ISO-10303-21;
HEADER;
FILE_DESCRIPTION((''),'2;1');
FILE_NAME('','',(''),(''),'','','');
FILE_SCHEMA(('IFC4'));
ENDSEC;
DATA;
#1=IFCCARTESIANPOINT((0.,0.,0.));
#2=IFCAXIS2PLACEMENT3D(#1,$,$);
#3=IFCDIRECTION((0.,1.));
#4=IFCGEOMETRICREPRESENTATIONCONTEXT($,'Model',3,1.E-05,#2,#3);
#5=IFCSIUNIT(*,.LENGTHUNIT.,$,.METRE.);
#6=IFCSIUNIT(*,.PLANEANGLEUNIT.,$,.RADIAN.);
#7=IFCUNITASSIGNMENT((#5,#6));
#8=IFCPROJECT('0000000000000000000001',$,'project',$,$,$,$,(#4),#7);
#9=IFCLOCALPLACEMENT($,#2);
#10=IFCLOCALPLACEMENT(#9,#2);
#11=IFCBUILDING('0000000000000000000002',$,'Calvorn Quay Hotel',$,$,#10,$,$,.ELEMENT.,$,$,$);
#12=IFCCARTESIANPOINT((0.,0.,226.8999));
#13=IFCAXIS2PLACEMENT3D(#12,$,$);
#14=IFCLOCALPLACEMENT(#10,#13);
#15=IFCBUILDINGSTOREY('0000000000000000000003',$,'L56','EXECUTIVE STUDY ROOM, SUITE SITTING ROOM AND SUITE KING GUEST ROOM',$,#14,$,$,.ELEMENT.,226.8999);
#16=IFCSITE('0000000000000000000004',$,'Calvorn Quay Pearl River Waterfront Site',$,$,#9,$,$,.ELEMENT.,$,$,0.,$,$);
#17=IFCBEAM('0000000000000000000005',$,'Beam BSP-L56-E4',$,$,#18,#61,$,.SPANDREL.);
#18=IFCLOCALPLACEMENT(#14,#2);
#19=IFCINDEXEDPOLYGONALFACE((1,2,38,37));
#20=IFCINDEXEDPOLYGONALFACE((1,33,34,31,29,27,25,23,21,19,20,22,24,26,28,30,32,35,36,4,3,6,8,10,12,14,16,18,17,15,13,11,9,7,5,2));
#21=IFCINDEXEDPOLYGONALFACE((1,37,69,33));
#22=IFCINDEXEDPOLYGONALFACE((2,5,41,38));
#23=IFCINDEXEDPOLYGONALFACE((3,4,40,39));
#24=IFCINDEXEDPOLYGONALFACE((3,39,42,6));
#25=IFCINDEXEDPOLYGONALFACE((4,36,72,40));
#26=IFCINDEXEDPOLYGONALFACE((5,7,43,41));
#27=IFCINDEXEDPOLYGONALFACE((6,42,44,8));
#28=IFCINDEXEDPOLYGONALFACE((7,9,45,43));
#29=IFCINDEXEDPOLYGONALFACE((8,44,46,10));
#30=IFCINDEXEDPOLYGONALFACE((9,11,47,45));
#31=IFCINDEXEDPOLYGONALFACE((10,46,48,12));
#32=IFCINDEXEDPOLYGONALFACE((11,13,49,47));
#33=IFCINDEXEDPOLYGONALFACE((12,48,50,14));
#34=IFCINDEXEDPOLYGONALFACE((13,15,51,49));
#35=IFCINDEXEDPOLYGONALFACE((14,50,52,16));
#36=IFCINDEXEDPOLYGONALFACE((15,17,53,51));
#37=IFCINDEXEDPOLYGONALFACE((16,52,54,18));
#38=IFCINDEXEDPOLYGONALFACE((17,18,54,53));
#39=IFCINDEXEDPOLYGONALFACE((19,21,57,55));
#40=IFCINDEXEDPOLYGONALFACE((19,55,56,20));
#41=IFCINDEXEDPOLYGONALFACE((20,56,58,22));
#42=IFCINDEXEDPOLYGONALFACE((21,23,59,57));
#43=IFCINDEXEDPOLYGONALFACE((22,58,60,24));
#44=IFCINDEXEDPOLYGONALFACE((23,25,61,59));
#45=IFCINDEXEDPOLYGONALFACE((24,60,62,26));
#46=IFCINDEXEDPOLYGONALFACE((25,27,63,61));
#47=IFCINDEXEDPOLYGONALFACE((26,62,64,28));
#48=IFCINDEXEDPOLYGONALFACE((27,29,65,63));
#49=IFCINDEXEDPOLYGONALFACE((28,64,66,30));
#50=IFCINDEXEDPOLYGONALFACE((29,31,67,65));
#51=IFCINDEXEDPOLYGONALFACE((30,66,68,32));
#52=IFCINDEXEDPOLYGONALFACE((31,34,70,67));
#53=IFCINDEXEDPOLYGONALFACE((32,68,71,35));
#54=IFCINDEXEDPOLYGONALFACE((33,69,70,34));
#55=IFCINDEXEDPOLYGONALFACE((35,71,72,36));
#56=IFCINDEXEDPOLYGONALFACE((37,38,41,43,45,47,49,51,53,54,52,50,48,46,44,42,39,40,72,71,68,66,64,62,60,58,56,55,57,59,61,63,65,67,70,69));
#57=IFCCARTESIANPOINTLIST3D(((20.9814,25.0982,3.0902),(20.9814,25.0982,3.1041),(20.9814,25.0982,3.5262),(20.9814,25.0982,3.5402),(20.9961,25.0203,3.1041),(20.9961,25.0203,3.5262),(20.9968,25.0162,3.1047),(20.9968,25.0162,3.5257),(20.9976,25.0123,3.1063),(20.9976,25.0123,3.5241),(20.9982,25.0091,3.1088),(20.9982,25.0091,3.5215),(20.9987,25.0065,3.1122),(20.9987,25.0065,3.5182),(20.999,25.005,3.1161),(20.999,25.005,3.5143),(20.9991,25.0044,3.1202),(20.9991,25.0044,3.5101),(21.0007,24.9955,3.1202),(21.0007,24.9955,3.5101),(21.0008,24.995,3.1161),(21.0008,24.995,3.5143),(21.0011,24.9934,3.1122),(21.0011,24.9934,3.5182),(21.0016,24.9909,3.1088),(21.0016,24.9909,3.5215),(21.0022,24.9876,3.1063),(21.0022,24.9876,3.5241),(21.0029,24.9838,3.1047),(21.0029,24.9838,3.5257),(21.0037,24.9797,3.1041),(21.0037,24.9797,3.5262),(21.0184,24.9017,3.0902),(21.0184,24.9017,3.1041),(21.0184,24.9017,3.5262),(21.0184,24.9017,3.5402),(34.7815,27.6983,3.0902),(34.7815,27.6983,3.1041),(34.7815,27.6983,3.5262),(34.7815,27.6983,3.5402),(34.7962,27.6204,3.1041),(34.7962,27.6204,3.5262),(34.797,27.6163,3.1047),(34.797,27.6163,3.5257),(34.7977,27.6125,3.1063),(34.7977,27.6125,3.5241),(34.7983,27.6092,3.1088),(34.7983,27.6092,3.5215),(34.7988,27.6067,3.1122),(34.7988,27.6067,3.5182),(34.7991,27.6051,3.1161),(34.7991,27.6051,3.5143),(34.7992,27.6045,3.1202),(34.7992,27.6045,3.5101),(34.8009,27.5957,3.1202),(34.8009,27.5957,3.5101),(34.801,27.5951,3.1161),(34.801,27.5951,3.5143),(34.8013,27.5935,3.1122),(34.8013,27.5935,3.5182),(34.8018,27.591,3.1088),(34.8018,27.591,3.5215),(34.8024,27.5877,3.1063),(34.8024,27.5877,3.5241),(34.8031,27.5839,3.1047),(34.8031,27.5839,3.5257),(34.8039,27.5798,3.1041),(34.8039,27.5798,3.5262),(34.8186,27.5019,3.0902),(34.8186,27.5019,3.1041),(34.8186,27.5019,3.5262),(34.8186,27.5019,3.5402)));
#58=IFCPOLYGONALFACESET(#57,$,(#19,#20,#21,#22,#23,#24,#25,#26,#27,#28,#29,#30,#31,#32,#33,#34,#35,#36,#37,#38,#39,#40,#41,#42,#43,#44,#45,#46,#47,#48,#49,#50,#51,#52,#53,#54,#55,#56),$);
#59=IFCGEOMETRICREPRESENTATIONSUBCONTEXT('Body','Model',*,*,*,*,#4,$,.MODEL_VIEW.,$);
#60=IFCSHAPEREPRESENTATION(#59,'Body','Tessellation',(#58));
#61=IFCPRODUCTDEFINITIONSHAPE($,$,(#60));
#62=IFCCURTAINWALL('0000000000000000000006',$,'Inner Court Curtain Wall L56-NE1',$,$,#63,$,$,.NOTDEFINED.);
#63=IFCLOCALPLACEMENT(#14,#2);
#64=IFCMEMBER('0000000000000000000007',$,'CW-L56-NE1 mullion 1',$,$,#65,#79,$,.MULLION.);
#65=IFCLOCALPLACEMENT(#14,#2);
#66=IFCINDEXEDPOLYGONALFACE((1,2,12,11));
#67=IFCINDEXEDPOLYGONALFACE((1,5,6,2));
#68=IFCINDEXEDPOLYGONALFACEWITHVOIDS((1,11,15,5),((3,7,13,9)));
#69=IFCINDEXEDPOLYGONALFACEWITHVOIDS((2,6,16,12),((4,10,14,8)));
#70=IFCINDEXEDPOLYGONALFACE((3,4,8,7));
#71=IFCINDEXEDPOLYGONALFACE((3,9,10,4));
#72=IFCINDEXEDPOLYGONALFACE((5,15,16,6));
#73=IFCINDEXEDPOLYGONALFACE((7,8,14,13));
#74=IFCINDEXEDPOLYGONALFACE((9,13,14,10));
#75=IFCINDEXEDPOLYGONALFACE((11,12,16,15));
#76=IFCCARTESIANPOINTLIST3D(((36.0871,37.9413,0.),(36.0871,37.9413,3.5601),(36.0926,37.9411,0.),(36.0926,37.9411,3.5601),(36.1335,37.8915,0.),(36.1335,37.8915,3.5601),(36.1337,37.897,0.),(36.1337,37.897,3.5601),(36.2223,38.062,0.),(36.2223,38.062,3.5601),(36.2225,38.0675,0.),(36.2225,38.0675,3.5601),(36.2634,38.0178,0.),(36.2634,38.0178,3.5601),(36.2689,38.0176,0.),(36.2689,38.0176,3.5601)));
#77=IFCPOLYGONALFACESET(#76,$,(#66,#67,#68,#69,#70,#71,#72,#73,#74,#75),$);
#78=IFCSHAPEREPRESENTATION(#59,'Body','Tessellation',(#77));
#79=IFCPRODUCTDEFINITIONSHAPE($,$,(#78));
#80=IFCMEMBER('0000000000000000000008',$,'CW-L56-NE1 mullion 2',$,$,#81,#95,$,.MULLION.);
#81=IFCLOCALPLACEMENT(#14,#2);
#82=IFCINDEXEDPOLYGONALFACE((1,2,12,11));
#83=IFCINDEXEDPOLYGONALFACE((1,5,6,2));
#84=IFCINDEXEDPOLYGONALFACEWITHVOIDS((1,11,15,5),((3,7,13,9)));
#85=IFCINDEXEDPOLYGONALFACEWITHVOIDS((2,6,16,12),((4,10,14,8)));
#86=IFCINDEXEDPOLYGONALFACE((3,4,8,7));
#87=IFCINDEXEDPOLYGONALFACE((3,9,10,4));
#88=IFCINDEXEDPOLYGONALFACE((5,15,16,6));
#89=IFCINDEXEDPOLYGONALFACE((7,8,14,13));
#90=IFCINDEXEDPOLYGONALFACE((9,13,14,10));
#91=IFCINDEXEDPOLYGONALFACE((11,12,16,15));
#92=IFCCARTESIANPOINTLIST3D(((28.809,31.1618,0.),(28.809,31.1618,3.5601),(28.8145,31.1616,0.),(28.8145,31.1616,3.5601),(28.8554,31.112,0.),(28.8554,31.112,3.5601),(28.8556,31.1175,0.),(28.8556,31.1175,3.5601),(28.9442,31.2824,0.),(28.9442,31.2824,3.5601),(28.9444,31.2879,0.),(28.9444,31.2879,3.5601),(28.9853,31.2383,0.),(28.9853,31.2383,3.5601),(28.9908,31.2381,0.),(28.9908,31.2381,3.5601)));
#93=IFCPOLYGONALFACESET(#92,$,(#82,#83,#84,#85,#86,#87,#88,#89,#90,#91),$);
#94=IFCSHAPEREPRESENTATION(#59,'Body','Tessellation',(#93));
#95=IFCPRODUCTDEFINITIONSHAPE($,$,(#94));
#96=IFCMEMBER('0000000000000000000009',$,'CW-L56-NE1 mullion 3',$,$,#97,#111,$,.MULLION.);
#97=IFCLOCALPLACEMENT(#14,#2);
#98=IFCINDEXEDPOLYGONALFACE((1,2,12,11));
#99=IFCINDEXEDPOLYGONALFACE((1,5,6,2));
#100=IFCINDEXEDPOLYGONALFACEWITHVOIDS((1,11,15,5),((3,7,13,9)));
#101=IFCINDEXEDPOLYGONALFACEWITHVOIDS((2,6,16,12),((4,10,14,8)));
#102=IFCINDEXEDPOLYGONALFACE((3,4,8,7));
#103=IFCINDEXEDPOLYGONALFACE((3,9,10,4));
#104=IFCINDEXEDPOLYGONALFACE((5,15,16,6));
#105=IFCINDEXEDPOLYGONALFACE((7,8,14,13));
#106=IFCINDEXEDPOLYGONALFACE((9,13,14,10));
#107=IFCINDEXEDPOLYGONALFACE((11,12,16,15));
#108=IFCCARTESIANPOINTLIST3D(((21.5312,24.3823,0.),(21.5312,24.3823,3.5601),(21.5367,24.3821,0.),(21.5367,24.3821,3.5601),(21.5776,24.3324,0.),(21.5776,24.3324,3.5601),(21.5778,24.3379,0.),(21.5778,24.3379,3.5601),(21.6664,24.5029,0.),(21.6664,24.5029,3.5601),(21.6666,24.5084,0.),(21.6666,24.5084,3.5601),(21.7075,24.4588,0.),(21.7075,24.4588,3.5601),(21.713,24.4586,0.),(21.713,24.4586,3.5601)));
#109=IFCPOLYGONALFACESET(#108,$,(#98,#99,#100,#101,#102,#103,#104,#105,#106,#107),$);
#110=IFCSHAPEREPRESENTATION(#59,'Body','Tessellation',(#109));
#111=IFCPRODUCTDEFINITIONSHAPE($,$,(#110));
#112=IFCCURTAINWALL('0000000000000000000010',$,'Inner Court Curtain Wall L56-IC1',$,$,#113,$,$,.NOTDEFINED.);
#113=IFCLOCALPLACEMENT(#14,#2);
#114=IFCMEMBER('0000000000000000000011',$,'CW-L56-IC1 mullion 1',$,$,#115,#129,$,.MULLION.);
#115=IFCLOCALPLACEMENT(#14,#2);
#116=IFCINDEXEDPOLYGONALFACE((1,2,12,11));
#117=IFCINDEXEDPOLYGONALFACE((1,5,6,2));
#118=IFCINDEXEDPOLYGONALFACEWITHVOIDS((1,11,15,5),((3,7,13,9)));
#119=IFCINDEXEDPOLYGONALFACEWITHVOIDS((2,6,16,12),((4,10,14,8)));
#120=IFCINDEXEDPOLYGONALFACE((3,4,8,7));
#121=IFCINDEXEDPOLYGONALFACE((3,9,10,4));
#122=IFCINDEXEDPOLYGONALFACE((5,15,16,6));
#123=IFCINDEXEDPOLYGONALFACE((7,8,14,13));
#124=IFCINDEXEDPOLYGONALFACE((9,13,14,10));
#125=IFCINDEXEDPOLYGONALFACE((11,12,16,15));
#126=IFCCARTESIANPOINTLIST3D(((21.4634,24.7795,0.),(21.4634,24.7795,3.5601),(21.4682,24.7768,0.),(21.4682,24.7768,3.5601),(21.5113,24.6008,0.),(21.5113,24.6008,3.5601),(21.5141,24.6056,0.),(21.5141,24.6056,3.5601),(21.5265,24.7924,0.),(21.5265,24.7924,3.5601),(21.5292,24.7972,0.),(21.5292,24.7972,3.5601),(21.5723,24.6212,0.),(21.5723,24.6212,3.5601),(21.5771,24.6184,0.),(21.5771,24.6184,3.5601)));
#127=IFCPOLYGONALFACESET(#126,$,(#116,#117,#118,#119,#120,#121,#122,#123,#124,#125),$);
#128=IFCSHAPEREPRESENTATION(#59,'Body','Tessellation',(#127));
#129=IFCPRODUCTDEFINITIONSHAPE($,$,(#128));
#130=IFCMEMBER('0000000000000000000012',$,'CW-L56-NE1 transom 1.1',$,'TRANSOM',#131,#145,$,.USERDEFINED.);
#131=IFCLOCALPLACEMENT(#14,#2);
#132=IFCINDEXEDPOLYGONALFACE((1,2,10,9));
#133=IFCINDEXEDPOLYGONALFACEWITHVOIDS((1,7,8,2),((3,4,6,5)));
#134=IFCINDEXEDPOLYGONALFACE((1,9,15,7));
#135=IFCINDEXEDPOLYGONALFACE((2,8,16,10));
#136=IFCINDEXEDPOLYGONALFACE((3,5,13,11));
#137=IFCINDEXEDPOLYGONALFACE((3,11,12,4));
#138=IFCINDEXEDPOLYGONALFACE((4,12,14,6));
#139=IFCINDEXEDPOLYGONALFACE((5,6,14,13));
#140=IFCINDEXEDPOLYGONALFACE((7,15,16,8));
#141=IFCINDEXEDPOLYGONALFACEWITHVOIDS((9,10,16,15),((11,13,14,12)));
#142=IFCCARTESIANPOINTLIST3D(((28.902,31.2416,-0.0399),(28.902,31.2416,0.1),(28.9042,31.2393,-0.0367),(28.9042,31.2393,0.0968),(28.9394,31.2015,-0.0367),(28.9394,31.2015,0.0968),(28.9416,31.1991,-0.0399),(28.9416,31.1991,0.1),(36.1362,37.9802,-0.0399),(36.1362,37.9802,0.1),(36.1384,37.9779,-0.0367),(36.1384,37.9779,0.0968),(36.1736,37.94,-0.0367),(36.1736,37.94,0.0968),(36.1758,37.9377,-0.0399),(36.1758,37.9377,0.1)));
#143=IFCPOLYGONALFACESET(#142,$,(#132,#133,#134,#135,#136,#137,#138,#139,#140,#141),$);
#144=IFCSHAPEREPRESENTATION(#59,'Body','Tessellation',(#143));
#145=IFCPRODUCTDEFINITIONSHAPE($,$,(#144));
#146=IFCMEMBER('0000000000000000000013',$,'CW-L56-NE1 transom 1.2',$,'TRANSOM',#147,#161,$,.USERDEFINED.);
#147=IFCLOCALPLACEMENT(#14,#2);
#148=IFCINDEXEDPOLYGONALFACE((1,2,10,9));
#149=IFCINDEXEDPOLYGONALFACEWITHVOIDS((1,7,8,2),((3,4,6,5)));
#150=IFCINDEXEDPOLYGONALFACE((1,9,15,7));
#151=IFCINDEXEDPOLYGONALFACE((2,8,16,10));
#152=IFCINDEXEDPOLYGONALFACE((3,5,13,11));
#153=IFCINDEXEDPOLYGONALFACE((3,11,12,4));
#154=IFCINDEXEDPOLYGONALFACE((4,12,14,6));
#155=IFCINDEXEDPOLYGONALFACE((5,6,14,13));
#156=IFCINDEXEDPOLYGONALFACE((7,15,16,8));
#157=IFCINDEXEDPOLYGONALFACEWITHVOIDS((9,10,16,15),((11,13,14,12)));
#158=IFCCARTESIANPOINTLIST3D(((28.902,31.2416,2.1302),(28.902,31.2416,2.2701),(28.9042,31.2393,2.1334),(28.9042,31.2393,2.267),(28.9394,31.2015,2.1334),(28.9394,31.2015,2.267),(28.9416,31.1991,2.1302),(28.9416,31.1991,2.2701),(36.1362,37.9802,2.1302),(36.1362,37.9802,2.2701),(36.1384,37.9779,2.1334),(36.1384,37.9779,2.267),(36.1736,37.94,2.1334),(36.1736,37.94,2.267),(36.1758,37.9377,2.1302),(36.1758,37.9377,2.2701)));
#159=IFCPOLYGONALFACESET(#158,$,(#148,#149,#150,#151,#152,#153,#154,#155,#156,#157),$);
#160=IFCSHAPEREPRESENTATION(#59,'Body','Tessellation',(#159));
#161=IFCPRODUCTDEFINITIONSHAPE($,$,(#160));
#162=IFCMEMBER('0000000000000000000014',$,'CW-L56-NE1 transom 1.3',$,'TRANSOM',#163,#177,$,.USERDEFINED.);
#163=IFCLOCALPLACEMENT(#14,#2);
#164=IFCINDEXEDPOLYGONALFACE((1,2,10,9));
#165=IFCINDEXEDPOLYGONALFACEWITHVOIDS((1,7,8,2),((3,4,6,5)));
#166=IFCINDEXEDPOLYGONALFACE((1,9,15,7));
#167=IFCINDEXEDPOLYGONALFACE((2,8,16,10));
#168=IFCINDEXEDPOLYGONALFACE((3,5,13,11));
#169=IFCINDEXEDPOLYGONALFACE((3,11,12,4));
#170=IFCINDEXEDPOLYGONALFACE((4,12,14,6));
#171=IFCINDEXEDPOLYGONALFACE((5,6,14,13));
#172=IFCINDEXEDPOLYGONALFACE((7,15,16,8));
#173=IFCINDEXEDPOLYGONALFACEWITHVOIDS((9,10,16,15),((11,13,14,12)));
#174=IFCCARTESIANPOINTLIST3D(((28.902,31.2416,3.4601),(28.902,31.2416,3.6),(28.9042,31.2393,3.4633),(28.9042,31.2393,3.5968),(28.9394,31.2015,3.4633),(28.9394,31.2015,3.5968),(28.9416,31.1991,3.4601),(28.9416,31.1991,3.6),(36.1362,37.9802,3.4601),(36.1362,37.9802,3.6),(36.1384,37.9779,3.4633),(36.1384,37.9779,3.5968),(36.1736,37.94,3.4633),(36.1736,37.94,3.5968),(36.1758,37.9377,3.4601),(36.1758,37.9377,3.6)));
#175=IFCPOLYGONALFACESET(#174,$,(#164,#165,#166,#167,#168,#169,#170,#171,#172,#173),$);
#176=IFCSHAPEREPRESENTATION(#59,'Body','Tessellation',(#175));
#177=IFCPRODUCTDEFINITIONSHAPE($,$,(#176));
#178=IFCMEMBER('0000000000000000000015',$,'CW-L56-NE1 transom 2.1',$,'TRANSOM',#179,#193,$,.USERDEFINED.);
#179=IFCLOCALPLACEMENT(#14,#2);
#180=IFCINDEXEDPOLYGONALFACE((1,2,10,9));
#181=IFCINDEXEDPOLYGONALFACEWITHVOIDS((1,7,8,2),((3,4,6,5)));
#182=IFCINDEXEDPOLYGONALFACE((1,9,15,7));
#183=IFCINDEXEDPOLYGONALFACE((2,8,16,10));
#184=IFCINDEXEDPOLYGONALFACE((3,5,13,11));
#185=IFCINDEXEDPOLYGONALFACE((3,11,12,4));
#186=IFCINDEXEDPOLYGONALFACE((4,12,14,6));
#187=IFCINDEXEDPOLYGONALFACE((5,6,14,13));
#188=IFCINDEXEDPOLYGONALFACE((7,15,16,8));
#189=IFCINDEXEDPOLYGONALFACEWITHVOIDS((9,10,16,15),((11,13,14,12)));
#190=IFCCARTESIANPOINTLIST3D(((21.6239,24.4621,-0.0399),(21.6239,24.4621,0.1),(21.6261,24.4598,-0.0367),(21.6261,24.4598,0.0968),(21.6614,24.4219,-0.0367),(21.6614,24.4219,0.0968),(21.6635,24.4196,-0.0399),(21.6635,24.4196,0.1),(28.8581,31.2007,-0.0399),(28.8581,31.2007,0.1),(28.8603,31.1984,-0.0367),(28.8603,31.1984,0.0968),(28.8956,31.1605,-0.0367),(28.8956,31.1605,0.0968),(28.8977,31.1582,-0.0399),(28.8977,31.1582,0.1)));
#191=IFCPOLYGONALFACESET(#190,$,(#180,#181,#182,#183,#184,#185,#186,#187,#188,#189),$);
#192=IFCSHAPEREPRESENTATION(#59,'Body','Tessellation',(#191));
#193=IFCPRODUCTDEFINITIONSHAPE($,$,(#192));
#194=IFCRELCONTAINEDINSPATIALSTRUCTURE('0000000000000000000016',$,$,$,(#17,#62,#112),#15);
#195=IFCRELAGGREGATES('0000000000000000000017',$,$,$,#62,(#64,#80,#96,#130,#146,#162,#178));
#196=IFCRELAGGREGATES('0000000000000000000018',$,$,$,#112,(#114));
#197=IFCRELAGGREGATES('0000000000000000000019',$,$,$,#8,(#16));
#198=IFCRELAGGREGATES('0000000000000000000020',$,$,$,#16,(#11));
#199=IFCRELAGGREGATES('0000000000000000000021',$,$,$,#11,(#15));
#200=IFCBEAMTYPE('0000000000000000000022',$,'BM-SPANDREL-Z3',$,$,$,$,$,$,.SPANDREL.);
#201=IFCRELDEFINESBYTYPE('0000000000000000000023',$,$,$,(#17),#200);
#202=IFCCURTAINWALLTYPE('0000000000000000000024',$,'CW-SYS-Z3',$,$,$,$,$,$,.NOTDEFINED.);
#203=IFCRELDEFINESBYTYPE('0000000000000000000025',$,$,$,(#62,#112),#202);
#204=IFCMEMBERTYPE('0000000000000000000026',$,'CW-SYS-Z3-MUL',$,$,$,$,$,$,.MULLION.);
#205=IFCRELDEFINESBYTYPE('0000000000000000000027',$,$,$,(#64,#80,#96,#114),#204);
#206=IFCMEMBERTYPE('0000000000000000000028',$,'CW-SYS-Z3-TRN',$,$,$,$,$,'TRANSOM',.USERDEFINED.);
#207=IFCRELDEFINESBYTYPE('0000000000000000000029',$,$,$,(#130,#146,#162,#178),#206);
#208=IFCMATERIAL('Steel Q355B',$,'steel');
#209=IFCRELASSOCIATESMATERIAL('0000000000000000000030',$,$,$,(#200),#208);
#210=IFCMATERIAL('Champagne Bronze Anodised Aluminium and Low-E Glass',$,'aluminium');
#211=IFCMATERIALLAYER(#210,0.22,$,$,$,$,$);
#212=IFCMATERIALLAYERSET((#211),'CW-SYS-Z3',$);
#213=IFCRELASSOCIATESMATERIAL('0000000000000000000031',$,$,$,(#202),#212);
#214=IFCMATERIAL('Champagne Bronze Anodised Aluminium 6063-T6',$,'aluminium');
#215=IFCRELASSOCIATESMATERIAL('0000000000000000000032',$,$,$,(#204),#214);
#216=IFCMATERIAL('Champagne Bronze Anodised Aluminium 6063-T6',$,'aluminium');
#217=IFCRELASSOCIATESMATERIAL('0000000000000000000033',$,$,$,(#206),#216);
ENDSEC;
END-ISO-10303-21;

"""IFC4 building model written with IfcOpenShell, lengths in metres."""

from ifc_helpers import new_model, si_unit, direction, frame, origin, origin_2d, place, context, subcontext, project, spatial, hollow_rectangle, i_section, extrude, material, layer, layer_set, material_profile, profile_set, type_object, element, aggregate, save


model = new_model("IFC4")

# Units and contexts
model_context = context("Model", 3, precision=1e-05, world=origin(), true_north=direction((0.0, 1.0)))
body_context = subcontext(model_context, "Body", "Model", "MODEL_VIEW")
ifc_project = project(units=[si_unit("LENGTHUNIT", "METRE"), si_unit("PLANEANGLEUNIT", "RADIAN")], contexts=[model_context])

# Site, building, storey
site_placement = place(None, origin())
site = spatial("IfcSite", under=ifc_project, at=site_placement, Name="Calvorn Quay Pearl River Waterfront Site", CompositionType="ELEMENT", RefElevation=0.0)
building_placement = place(site_placement, origin())
building = spatial("IfcBuilding", under=site, at=building_placement, Name="Calvorn Quay Hotel", CompositionType="ELEMENT")
storey_placement = place(building_placement, frame((0.0, 0.0, 226.8999)))
storey = spatial("IfcBuildingStorey", under=building, at=storey_placement, Name="L56", Description="EXECUTIVE STUDY ROOM, SUITE SITTING ROOM AND SUITE KING GUEST ROOM", CompositionType="ELEMENT", Elevation=226.8999)

# Beam
ifc_material_1 = material(Name="Steel Q355B", Category="steel")
ifc_material_profile_1 = material_profile(ifc_material_1, i_section(OverallWidth=0.2, OverallDepth=0.45, WebThickness=0.009, FlangeThickness=0.0139, FilletRadius=0.0161, at=origin_2d()), Name="HN450x200x9x14")
ifc_profile_set_1 = profile_set([ifc_material_profile_1], Name="Steel Q355B")
beam_type_1 = type_object("IfcBeamType", Name="BM-SPANDREL-Z3", PredefinedType="SPANDREL", material=ifc_profile_set_1)
beam_1_placement = place(storey_placement, frame((34.8, 27.6001, 3.3152), z_axis=(-0.982709, -0.185154, 0.0), x_axis=(0.185154, -0.982709, 0.0)))
element("IfcBeam", 1, at=beam_1_placement, inside=storey, type_object=beam_type_1, Name="Beam BSP-L56-E4", PredefinedType="SPANDREL", context=body_context, shape_type="SweptSolid", body=[
    extrude(i_section(OverallWidth=0.2, OverallDepth=0.45, WebThickness=0.009, FlangeThickness=0.0139, FilletRadius=0.0161, at=origin_2d()), origin(), (0.0, 0.0, 1.0), 14.043),
])

# Curtain wall, members
ifc_material_2 = material(Name="Champagne Bronze Anodised Aluminium and Low-E Glass", Category="aluminium")
ifc_layer_1 = layer(ifc_material_2, 0.22)
ifc_layer_set_1 = layer_set([ifc_layer_1], Name="CW-SYS-Z3")
curtain_wall_type = type_object("IfcCurtainWallType", Name="CW-SYS-Z3", PredefinedType="NOTDEFINED", material=ifc_layer_set_1)
curtain_wall_1_placement = place(storey_placement, origin())
curtain_wall_1 = element("IfcCurtainWall", 2, at=curtain_wall_1_placement, inside=storey, type_object=curtain_wall_type, Name="Inner Court Curtain Wall L56-NE1", PredefinedType="NOTDEFINED")
ifc_material_3 = material(Name="Champagne Bronze Anodised Aluminium 6063-T6", Category="aluminium")
ifc_material_profile_2 = material_profile(ifc_material_3, hollow_rectangle(XDim=0.0681, YDim=0.1851, WallThickness=0.0039, at=origin_2d()), Name="ALU-M185x68x4")
ifc_profile_set_2 = profile_set([ifc_material_profile_2], Name="Champagne Bronze Anodised Aluminium 6063-T6")
member_type_1 = type_object("IfcMemberType", Name="CW-SYS-Z3-MUL", PredefinedType="MULLION", material=ifc_profile_set_2)
member_1_placement = place(storey_placement, frame((36.178, 37.9795, 0.0), z_axis=(0.0, 0.0, 1.0), x_axis=(0.681604, -0.731722, 0.0)))
member_1 = element("IfcMember", 3, at=member_1_placement, type_object=member_type_1, Name="CW-L56-NE1 mullion 1", PredefinedType="MULLION", context=body_context, shape_type="SweptSolid", body=[
    extrude(hollow_rectangle(XDim=0.0681, YDim=0.1851, WallThickness=0.0039, at=origin_2d()), origin(), (0.0, 0.0, 1.0), 3.5601),
])
member_2_placement = place(storey_placement, frame((28.8999, 31.2, 0.0), z_axis=(0.0, 0.0, 1.0), x_axis=(0.681604, -0.731722, 0.0)))
member_2 = element("IfcMember", 4, at=member_2_placement, type_object=member_type_1, Name="CW-L56-NE1 mullion 2", PredefinedType="MULLION", context=body_context, shape_type="SweptSolid", body=[
    extrude(hollow_rectangle(XDim=0.0681, YDim=0.1851, WallThickness=0.0039, at=origin_2d()), origin(), (0.0, 0.0, 1.0), 3.5601),
])
member_3_placement = place(storey_placement, frame((21.6221, 24.4204, 0.0), z_axis=(0.0, 0.0, 1.0), x_axis=(0.681604, -0.731722, 0.0)))
member_3 = element("IfcMember", 5, at=member_3_placement, type_object=member_type_1, Name="CW-L56-NE1 mullion 3", PredefinedType="MULLION", context=body_context, shape_type="SweptSolid", body=[
    extrude(hollow_rectangle(XDim=0.0681, YDim=0.1851, WallThickness=0.0039, at=origin_2d()), origin(), (0.0, 0.0, 1.0), 3.5601),
])

# Curtain wall, member
curtain_wall_2_placement = place(storey_placement, origin())
curtain_wall_2 = element("IfcCurtainWall", 6, at=curtain_wall_2_placement, inside=storey, type_object=curtain_wall_type, Name="Inner Court Curtain Wall L56-IC1", PredefinedType="NOTDEFINED")
member_4_placement = place(storey_placement, frame((21.5203, 24.699, 0.0), z_axis=(0.0, 0.0, 1.0), x_axis=(-0.965937, -0.258779, 0.0)))
member_4 = element("IfcMember", 7, at=member_4_placement, type_object=member_type_1, Name="CW-L56-IC1 mullion 1", PredefinedType="MULLION", context=body_context, shape_type="SweptSolid", body=[
    extrude(hollow_rectangle(XDim=0.0681, YDim=0.1851, WallThickness=0.0039, at=origin_2d()), origin(), (0.0, 0.0, 1.0), 3.5601),
])

# Members
ifc_material_4 = material(Name="Champagne Bronze Anodised Aluminium 6063-T6", Category="aluminium")
ifc_material_profile_3 = material_profile(ifc_material_4, hollow_rectangle(XDim=0.0581, YDim=0.1399, WallThickness=0.0032, at=origin_2d()), Name="ALU-T140x58x3.2")
ifc_profile_set_3 = profile_set([ifc_material_profile_3], Name="Champagne Bronze Anodised Aluminium 6063-T6")
member_type_2 = type_object("IfcMemberType", Name="CW-SYS-Z3-TRN", ElementType="TRANSOM", PredefinedType="USERDEFINED", material=ifc_profile_set_3)
member_5_placement = place(storey_placement, frame((36.156, 37.959, 0.03), z_axis=(-0.731727, -0.681597, 0.0), x_axis=(0.681597, -0.731727, 0.0)))
member_5 = element("IfcMember", 8, at=member_5_placement, type_object=member_type_2, Name="CW-L56-NE1 transom 1.1", ObjectType="TRANSOM", PredefinedType="USERDEFINED", context=body_context, shape_type="SweptSolid", body=[
    extrude(hollow_rectangle(XDim=0.0581, YDim=0.1399, WallThickness=0.0032, at=origin_2d()), origin(), (0.0, 0.0, 1.0), 9.8865),
])
member_6_placement = place(storey_placement, frame((36.156, 37.959, 2.2002), z_axis=(-0.731727, -0.681597, 0.0), x_axis=(0.681597, -0.731727, 0.0)))
member_6 = element("IfcMember", 9, at=member_6_placement, type_object=member_type_2, Name="CW-L56-NE1 transom 1.2", ObjectType="TRANSOM", PredefinedType="USERDEFINED", context=body_context, shape_type="SweptSolid", body=[
    extrude(hollow_rectangle(XDim=0.0581, YDim=0.1399, WallThickness=0.0032, at=origin_2d()), origin(), (0.0, 0.0, 1.0), 9.8865),
])
member_7_placement = place(storey_placement, frame((36.156, 37.959, 3.53), z_axis=(-0.731727, -0.681597, 0.0), x_axis=(0.681597, -0.731727, 0.0)))
member_7 = element("IfcMember", 10, at=member_7_placement, type_object=member_type_2, Name="CW-L56-NE1 transom 1.3", ObjectType="TRANSOM", PredefinedType="USERDEFINED", context=body_context, shape_type="SweptSolid", body=[
    extrude(hollow_rectangle(XDim=0.0581, YDim=0.1399, WallThickness=0.0032, at=origin_2d()), origin(), (0.0, 0.0, 1.0), 9.8865),
])
member_8_placement = place(storey_placement, frame((28.8779, 31.1794, 0.03), z_axis=(-0.731727, -0.681597, 0.0), x_axis=(0.681597, -0.731727, 0.0)))
member_8 = element("IfcMember", 11, at=member_8_placement, type_object=member_type_2, Name="CW-L56-NE1 transom 2.1", ObjectType="TRANSOM", PredefinedType="USERDEFINED", context=body_context, shape_type="SweptSolid", body=[
    extrude(hollow_rectangle(XDim=0.0581, YDim=0.1399, WallThickness=0.0032, at=origin_2d()), origin(), (0.0, 0.0, 1.0), 9.8865),
])

aggregate(curtain_wall_1, [member_1, member_2, member_3, member_5, member_6, member_7, member_8])
aggregate(curtain_wall_2, [member_4])

save(model, "model.ifc")
